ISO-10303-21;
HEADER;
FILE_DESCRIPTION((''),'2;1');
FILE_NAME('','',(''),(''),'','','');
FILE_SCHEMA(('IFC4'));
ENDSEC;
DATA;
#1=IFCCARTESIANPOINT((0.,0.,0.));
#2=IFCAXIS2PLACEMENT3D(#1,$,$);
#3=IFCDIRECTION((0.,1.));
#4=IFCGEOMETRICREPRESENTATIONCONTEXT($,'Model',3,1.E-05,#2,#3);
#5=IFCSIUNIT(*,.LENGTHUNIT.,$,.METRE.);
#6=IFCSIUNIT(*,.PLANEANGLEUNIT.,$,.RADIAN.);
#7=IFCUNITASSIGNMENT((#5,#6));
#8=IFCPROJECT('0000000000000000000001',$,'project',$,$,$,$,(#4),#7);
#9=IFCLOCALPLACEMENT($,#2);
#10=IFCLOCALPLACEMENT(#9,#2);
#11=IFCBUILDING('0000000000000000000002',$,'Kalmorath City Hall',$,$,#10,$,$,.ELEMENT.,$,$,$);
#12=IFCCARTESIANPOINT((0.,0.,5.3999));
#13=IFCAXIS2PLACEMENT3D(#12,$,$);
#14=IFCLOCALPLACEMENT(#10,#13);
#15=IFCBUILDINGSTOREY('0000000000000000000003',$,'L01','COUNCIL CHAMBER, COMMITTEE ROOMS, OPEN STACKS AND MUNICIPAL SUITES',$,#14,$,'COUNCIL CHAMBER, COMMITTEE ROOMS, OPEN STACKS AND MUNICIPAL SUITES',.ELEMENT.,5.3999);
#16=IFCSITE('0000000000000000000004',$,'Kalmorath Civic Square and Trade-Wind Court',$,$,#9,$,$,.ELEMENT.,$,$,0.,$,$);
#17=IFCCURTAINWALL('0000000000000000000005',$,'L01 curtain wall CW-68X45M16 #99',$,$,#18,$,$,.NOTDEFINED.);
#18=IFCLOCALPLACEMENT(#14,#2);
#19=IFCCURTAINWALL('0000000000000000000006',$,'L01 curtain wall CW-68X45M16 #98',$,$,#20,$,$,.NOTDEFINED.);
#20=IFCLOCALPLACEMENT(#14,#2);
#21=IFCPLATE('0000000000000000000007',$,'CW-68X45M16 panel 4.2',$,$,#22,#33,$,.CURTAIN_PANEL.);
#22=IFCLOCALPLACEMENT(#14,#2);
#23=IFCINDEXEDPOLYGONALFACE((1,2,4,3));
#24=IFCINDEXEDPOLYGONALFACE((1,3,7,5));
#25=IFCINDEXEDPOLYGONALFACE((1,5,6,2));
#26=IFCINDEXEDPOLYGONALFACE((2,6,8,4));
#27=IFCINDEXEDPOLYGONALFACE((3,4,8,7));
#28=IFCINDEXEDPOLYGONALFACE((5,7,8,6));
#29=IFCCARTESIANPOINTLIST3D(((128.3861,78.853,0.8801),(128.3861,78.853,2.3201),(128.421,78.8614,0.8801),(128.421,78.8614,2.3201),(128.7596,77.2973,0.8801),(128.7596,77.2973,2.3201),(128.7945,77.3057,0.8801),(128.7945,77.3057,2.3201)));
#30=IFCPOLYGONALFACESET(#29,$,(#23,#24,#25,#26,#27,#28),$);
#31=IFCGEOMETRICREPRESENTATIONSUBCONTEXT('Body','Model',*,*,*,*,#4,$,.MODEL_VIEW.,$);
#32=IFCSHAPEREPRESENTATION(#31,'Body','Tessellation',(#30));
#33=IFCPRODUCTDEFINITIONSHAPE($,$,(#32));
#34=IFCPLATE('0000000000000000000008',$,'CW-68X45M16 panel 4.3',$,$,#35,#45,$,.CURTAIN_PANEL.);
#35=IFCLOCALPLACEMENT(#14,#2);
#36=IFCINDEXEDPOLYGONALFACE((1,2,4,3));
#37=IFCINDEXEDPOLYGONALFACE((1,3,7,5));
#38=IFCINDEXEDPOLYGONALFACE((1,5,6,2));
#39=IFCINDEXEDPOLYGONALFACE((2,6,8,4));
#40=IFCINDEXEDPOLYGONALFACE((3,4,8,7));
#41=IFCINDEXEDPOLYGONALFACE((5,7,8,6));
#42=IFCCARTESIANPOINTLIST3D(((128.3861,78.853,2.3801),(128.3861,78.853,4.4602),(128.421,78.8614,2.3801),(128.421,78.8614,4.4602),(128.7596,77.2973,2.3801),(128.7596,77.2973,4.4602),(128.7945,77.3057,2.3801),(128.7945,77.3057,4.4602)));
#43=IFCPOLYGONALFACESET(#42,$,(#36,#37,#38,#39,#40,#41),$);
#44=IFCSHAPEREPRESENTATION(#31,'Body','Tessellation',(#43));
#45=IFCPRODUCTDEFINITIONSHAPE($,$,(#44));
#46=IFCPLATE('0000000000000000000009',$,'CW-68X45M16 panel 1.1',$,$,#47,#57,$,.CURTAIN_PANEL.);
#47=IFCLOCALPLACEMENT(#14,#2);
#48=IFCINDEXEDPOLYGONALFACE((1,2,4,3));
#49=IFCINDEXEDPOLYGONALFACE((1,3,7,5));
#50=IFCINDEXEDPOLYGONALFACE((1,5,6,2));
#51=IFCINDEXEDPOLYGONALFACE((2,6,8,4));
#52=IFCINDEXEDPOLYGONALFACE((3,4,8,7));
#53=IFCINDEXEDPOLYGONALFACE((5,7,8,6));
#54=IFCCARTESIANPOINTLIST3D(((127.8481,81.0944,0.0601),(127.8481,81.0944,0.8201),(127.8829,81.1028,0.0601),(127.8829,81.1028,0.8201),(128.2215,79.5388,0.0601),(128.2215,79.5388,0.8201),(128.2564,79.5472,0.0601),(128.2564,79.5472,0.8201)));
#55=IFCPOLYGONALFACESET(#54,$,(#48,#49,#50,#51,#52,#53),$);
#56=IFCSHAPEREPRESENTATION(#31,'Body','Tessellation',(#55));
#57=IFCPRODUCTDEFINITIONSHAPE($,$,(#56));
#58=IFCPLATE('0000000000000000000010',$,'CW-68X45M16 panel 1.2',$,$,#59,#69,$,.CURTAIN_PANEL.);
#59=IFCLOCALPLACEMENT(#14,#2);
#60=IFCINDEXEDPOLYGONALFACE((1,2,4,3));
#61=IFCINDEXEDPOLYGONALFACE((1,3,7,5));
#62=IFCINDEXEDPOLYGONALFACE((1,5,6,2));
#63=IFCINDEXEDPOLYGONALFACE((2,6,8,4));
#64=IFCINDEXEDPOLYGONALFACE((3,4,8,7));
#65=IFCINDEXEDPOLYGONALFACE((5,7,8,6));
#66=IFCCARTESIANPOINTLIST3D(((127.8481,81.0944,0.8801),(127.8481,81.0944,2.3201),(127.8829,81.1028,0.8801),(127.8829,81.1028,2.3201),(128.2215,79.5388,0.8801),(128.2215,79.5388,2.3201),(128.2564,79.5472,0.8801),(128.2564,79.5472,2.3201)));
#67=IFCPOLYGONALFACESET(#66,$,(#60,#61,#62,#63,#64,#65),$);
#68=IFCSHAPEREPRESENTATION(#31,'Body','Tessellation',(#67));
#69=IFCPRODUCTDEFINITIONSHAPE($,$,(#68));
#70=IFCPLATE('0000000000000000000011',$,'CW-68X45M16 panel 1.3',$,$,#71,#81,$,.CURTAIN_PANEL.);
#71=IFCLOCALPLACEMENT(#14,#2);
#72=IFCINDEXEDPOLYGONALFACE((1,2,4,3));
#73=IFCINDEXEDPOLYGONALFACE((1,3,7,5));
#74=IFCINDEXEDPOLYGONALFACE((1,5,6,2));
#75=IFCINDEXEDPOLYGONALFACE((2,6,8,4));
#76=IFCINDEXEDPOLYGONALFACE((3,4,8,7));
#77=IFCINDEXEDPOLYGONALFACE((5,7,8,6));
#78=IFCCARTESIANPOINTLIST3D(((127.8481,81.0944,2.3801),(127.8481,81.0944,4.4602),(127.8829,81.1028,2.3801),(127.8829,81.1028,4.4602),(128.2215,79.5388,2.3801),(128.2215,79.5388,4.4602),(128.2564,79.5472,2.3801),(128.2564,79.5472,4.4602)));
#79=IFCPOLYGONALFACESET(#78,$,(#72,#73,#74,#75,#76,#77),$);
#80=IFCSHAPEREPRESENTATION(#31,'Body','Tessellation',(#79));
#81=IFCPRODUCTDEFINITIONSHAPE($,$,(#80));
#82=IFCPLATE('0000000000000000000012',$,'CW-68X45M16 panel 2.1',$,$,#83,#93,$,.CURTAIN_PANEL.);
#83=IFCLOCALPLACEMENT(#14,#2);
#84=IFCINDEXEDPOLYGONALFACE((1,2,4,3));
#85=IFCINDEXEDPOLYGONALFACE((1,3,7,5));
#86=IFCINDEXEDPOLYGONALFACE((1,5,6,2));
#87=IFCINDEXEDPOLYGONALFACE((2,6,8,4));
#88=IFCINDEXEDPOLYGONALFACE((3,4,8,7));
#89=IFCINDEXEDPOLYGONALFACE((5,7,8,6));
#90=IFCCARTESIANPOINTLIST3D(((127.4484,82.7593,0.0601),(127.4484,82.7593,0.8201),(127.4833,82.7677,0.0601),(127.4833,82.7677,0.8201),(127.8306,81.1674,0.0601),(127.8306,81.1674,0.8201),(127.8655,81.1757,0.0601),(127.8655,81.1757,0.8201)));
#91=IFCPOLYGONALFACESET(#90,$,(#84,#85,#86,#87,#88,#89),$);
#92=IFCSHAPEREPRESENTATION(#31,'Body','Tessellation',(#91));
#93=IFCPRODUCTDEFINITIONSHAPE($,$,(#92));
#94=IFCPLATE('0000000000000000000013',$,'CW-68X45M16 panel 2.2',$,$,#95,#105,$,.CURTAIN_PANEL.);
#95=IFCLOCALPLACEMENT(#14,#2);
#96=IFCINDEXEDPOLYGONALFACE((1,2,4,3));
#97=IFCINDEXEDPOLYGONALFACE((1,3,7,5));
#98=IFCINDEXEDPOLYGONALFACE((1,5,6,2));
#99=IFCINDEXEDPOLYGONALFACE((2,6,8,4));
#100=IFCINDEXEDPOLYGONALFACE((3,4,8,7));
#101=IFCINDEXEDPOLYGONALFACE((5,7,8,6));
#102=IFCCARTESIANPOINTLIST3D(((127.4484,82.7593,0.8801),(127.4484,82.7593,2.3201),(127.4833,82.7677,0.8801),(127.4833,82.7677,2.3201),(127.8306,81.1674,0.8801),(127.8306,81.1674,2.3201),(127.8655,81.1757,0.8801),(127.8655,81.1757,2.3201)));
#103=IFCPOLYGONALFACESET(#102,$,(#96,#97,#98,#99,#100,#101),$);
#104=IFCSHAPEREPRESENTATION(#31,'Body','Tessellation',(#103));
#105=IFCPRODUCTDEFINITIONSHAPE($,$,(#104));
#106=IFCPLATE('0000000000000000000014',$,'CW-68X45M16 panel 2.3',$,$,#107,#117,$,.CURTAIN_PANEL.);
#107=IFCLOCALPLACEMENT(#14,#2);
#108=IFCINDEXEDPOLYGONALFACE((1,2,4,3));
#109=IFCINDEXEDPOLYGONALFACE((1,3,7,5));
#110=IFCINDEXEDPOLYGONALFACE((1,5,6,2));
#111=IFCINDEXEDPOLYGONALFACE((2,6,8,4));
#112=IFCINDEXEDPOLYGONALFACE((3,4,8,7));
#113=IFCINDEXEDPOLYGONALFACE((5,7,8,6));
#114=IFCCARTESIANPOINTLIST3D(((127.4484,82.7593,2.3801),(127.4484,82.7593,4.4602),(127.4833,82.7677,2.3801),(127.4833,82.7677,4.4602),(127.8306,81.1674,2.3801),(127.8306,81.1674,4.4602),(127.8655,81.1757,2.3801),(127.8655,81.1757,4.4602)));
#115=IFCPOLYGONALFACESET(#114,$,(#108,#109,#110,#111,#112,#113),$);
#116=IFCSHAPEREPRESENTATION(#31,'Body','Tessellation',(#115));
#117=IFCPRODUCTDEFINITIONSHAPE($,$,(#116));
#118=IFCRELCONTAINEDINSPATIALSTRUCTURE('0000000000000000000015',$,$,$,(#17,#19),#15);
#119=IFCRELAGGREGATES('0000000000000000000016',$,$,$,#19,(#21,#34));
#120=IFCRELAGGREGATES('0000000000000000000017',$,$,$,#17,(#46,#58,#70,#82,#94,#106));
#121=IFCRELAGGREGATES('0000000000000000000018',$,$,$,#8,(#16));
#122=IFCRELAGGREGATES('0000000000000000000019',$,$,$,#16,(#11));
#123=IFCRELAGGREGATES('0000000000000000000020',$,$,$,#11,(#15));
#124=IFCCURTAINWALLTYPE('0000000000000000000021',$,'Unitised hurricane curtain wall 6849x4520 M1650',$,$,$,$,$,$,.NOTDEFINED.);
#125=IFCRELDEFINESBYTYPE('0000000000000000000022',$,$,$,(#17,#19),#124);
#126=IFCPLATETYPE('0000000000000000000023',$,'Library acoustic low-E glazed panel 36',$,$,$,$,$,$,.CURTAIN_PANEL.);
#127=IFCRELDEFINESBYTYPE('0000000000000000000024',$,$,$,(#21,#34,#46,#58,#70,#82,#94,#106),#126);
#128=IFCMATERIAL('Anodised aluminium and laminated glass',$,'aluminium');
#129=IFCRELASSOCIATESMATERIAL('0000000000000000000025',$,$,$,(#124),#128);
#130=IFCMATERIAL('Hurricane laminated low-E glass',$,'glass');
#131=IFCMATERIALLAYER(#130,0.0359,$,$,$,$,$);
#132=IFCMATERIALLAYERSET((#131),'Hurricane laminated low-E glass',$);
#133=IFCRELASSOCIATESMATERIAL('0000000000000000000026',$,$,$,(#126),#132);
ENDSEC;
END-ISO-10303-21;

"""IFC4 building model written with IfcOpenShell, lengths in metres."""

from ifc_helpers import new_model, si_unit, direction, frame, origin, origin_2d, place, context, subcontext, project, spatial, rectangle, extrude, material, layer, layer_set, type_object, element, aggregate, save


model = new_model("IFC4")

# Units and contexts
model_context = context("Model", 3, precision=1e-05, world=origin(), true_north=direction((0.0, 1.0)))
body_context = subcontext(model_context, "Body", "Model", "MODEL_VIEW")
ifc_project = project(units=[si_unit("LENGTHUNIT", "METRE"), si_unit("PLANEANGLEUNIT", "RADIAN")], contexts=[model_context])

# Site, building, storey
site_placement = place(None, origin())
site = spatial("IfcSite", under=ifc_project, at=site_placement, Name="Kalmorath Civic Square and Trade-Wind Court", CompositionType="ELEMENT", RefElevation=0.0)
building_placement = place(site_placement, origin())
building = spatial("IfcBuilding", under=site, at=building_placement, Name="Kalmorath City Hall", CompositionType="ELEMENT")
storey_placement = place(building_placement, frame((0.0, 0.0, 5.3999)))
storey = spatial("IfcBuildingStorey", under=building, at=storey_placement, Name="L01", Description="COUNCIL CHAMBER, COMMITTEE ROOMS, OPEN STACKS AND MUNICIPAL SUITES", LongName="COUNCIL CHAMBER, COMMITTEE ROOMS, OPEN STACKS AND MUNICIPAL SUITES", CompositionType="ELEMENT", Elevation=5.3999)

# Curtain wall
ifc_material_1 = material(Name="Anodised aluminium and laminated glass", Category="aluminium")
curtain_wall_type = type_object("IfcCurtainWallType", Name="Unitised hurricane curtain wall 6849x4520 M1650", PredefinedType="NOTDEFINED", material=ifc_material_1)
curtain_wall_1_placement = place(storey_placement, origin())
curtain_wall_1 = element("IfcCurtainWall", 1, at=curtain_wall_1_placement, inside=storey, type_object=curtain_wall_type, Name="L01 curtain wall CW-68X45M16 #99", PredefinedType="NOTDEFINED")

# Curtain wall
curtain_wall_2_placement = place(storey_placement, origin())
curtain_wall_2 = element("IfcCurtainWall", 2, at=curtain_wall_2_placement, inside=storey, type_object=curtain_wall_type, Name="L01 curtain wall CW-68X45M16 #98", PredefinedType="NOTDEFINED")

# Plates
ifc_material_2 = material(Name="Hurricane laminated low-E glass", Category="glass")
ifc_layer = layer(ifc_material_2, 0.0359)
ifc_layer_set = layer_set([ifc_layer], Name="Hurricane laminated low-E glass")
plate_type = type_object("IfcPlateType", Name="Library acoustic low-E glazed panel 36", PredefinedType="CURTAIN_PANEL", material=ifc_layer_set)
plate_1_placement = place(storey_placement, frame((128.5903, 78.0793, 0.8801), z_axis=(0.0, 0.0, 1.0), x_axis=(-0.233456, 0.972367, 0.0)))
plate_1 = element("IfcPlate", 3, at=plate_1_placement, type_object=plate_type, Name="CW-68X45M16 panel 4.2", PredefinedType="CURTAIN_PANEL", context=body_context, shape_type="SweptSolid", body=[
    extrude(rectangle(XDim=1.5999, YDim=0.0359, at=origin_2d()), origin(), (0.0, 0.0, 1.0), 1.4399),
])
plate_2_placement = place(storey_placement, frame((128.5903, 78.0793, 2.3801), z_axis=(0.0, 0.0, 1.0), x_axis=(-0.233456, 0.972367, 0.0)))
plate_2 = element("IfcPlate", 4, at=plate_2_placement, type_object=plate_type, Name="CW-68X45M16 panel 4.3", PredefinedType="CURTAIN_PANEL", context=body_context, shape_type="SweptSolid", body=[
    extrude(rectangle(XDim=1.5999, YDim=0.0359, at=origin_2d()), origin(), (0.0, 0.0, 1.0), 2.0801),
])
aggregate(curtain_wall_2, [plate_1, plate_2])
plate_3_placement = place(storey_placement, frame((128.0522, 80.3208, 0.0601), z_axis=(0.0, 0.0, 1.0), x_axis=(-0.233456, 0.972367, 0.0)))
plate_3 = element("IfcPlate", 5, at=plate_3_placement, type_object=plate_type, Name="CW-68X45M16 panel 1.1", PredefinedType="CURTAIN_PANEL", context=body_context, shape_type="SweptSolid", body=[
    extrude(rectangle(XDim=1.5999, YDim=0.0359, at=origin_2d()), origin(), (0.0, 0.0, 1.0), 0.76),
])
plate_4_placement = place(storey_placement, frame((128.0522, 80.3208, 0.8801), z_axis=(0.0, 0.0, 1.0), x_axis=(-0.233456, 0.972367, 0.0)))
plate_4 = element("IfcPlate", 6, at=plate_4_placement, type_object=plate_type, Name="CW-68X45M16 panel 1.2", PredefinedType="CURTAIN_PANEL", context=body_context, shape_type="SweptSolid", body=[
    extrude(rectangle(XDim=1.5999, YDim=0.0359, at=origin_2d()), origin(), (0.0, 0.0, 1.0), 1.4399),
])
plate_5_placement = place(storey_placement, frame((128.0522, 80.3208, 2.3801), z_axis=(0.0, 0.0, 1.0), x_axis=(-0.233456, 0.972367, 0.0)))
plate_5 = element("IfcPlate", 7, at=plate_5_placement, type_object=plate_type, Name="CW-68X45M16 panel 1.3", PredefinedType="CURTAIN_PANEL", context=body_context, shape_type="SweptSolid", body=[
    extrude(rectangle(XDim=1.5999, YDim=0.0359, at=origin_2d()), origin(), (0.0, 0.0, 1.0), 2.0801),
])
plate_6_placement = place(storey_placement, frame((127.657, 81.9675, 0.0601), z_axis=(0.0, 0.0, 1.0), x_axis=(-0.233456, 0.972367, 0.0)))
plate_6 = element("IfcPlate", 8, at=plate_6_placement, type_object=plate_type, Name="CW-68X45M16 panel 2.1", PredefinedType="CURTAIN_PANEL", context=body_context, shape_type="SweptSolid", body=[
    extrude(rectangle(XDim=1.6372, YDim=0.0359, at=origin_2d()), origin(), (0.0, 0.0, 1.0), 0.76),
])
plate_7_placement = place(storey_placement, frame((127.657, 81.9675, 0.8801), z_axis=(0.0, 0.0, 1.0), x_axis=(-0.233456, 0.972367, 0.0)))
plate_7 = element("IfcPlate", 9, at=plate_7_placement, type_object=plate_type, Name="CW-68X45M16 panel 2.2", PredefinedType="CURTAIN_PANEL", context=body_context, shape_type="SweptSolid", body=[
    extrude(rectangle(XDim=1.6372, YDim=0.0359, at=origin_2d()), origin(), (0.0, 0.0, 1.0), 1.4399),
])
plate_8_placement = place(storey_placement, frame((127.657, 81.9675, 2.3801), z_axis=(0.0, 0.0, 1.0), x_axis=(-0.233456, 0.972367, 0.0)))
plate_8 = element("IfcPlate", 10, at=plate_8_placement, type_object=plate_type, Name="CW-68X45M16 panel 2.3", PredefinedType="CURTAIN_PANEL", context=body_context, shape_type="SweptSolid", body=[
    extrude(rectangle(XDim=1.6372, YDim=0.0359, at=origin_2d()), origin(), (0.0, 0.0, 1.0), 2.0801),
])
aggregate(curtain_wall_1, [plate_3, plate_4, plate_5, plate_6, plate_7, plate_8])

save(model, "model.ifc")
